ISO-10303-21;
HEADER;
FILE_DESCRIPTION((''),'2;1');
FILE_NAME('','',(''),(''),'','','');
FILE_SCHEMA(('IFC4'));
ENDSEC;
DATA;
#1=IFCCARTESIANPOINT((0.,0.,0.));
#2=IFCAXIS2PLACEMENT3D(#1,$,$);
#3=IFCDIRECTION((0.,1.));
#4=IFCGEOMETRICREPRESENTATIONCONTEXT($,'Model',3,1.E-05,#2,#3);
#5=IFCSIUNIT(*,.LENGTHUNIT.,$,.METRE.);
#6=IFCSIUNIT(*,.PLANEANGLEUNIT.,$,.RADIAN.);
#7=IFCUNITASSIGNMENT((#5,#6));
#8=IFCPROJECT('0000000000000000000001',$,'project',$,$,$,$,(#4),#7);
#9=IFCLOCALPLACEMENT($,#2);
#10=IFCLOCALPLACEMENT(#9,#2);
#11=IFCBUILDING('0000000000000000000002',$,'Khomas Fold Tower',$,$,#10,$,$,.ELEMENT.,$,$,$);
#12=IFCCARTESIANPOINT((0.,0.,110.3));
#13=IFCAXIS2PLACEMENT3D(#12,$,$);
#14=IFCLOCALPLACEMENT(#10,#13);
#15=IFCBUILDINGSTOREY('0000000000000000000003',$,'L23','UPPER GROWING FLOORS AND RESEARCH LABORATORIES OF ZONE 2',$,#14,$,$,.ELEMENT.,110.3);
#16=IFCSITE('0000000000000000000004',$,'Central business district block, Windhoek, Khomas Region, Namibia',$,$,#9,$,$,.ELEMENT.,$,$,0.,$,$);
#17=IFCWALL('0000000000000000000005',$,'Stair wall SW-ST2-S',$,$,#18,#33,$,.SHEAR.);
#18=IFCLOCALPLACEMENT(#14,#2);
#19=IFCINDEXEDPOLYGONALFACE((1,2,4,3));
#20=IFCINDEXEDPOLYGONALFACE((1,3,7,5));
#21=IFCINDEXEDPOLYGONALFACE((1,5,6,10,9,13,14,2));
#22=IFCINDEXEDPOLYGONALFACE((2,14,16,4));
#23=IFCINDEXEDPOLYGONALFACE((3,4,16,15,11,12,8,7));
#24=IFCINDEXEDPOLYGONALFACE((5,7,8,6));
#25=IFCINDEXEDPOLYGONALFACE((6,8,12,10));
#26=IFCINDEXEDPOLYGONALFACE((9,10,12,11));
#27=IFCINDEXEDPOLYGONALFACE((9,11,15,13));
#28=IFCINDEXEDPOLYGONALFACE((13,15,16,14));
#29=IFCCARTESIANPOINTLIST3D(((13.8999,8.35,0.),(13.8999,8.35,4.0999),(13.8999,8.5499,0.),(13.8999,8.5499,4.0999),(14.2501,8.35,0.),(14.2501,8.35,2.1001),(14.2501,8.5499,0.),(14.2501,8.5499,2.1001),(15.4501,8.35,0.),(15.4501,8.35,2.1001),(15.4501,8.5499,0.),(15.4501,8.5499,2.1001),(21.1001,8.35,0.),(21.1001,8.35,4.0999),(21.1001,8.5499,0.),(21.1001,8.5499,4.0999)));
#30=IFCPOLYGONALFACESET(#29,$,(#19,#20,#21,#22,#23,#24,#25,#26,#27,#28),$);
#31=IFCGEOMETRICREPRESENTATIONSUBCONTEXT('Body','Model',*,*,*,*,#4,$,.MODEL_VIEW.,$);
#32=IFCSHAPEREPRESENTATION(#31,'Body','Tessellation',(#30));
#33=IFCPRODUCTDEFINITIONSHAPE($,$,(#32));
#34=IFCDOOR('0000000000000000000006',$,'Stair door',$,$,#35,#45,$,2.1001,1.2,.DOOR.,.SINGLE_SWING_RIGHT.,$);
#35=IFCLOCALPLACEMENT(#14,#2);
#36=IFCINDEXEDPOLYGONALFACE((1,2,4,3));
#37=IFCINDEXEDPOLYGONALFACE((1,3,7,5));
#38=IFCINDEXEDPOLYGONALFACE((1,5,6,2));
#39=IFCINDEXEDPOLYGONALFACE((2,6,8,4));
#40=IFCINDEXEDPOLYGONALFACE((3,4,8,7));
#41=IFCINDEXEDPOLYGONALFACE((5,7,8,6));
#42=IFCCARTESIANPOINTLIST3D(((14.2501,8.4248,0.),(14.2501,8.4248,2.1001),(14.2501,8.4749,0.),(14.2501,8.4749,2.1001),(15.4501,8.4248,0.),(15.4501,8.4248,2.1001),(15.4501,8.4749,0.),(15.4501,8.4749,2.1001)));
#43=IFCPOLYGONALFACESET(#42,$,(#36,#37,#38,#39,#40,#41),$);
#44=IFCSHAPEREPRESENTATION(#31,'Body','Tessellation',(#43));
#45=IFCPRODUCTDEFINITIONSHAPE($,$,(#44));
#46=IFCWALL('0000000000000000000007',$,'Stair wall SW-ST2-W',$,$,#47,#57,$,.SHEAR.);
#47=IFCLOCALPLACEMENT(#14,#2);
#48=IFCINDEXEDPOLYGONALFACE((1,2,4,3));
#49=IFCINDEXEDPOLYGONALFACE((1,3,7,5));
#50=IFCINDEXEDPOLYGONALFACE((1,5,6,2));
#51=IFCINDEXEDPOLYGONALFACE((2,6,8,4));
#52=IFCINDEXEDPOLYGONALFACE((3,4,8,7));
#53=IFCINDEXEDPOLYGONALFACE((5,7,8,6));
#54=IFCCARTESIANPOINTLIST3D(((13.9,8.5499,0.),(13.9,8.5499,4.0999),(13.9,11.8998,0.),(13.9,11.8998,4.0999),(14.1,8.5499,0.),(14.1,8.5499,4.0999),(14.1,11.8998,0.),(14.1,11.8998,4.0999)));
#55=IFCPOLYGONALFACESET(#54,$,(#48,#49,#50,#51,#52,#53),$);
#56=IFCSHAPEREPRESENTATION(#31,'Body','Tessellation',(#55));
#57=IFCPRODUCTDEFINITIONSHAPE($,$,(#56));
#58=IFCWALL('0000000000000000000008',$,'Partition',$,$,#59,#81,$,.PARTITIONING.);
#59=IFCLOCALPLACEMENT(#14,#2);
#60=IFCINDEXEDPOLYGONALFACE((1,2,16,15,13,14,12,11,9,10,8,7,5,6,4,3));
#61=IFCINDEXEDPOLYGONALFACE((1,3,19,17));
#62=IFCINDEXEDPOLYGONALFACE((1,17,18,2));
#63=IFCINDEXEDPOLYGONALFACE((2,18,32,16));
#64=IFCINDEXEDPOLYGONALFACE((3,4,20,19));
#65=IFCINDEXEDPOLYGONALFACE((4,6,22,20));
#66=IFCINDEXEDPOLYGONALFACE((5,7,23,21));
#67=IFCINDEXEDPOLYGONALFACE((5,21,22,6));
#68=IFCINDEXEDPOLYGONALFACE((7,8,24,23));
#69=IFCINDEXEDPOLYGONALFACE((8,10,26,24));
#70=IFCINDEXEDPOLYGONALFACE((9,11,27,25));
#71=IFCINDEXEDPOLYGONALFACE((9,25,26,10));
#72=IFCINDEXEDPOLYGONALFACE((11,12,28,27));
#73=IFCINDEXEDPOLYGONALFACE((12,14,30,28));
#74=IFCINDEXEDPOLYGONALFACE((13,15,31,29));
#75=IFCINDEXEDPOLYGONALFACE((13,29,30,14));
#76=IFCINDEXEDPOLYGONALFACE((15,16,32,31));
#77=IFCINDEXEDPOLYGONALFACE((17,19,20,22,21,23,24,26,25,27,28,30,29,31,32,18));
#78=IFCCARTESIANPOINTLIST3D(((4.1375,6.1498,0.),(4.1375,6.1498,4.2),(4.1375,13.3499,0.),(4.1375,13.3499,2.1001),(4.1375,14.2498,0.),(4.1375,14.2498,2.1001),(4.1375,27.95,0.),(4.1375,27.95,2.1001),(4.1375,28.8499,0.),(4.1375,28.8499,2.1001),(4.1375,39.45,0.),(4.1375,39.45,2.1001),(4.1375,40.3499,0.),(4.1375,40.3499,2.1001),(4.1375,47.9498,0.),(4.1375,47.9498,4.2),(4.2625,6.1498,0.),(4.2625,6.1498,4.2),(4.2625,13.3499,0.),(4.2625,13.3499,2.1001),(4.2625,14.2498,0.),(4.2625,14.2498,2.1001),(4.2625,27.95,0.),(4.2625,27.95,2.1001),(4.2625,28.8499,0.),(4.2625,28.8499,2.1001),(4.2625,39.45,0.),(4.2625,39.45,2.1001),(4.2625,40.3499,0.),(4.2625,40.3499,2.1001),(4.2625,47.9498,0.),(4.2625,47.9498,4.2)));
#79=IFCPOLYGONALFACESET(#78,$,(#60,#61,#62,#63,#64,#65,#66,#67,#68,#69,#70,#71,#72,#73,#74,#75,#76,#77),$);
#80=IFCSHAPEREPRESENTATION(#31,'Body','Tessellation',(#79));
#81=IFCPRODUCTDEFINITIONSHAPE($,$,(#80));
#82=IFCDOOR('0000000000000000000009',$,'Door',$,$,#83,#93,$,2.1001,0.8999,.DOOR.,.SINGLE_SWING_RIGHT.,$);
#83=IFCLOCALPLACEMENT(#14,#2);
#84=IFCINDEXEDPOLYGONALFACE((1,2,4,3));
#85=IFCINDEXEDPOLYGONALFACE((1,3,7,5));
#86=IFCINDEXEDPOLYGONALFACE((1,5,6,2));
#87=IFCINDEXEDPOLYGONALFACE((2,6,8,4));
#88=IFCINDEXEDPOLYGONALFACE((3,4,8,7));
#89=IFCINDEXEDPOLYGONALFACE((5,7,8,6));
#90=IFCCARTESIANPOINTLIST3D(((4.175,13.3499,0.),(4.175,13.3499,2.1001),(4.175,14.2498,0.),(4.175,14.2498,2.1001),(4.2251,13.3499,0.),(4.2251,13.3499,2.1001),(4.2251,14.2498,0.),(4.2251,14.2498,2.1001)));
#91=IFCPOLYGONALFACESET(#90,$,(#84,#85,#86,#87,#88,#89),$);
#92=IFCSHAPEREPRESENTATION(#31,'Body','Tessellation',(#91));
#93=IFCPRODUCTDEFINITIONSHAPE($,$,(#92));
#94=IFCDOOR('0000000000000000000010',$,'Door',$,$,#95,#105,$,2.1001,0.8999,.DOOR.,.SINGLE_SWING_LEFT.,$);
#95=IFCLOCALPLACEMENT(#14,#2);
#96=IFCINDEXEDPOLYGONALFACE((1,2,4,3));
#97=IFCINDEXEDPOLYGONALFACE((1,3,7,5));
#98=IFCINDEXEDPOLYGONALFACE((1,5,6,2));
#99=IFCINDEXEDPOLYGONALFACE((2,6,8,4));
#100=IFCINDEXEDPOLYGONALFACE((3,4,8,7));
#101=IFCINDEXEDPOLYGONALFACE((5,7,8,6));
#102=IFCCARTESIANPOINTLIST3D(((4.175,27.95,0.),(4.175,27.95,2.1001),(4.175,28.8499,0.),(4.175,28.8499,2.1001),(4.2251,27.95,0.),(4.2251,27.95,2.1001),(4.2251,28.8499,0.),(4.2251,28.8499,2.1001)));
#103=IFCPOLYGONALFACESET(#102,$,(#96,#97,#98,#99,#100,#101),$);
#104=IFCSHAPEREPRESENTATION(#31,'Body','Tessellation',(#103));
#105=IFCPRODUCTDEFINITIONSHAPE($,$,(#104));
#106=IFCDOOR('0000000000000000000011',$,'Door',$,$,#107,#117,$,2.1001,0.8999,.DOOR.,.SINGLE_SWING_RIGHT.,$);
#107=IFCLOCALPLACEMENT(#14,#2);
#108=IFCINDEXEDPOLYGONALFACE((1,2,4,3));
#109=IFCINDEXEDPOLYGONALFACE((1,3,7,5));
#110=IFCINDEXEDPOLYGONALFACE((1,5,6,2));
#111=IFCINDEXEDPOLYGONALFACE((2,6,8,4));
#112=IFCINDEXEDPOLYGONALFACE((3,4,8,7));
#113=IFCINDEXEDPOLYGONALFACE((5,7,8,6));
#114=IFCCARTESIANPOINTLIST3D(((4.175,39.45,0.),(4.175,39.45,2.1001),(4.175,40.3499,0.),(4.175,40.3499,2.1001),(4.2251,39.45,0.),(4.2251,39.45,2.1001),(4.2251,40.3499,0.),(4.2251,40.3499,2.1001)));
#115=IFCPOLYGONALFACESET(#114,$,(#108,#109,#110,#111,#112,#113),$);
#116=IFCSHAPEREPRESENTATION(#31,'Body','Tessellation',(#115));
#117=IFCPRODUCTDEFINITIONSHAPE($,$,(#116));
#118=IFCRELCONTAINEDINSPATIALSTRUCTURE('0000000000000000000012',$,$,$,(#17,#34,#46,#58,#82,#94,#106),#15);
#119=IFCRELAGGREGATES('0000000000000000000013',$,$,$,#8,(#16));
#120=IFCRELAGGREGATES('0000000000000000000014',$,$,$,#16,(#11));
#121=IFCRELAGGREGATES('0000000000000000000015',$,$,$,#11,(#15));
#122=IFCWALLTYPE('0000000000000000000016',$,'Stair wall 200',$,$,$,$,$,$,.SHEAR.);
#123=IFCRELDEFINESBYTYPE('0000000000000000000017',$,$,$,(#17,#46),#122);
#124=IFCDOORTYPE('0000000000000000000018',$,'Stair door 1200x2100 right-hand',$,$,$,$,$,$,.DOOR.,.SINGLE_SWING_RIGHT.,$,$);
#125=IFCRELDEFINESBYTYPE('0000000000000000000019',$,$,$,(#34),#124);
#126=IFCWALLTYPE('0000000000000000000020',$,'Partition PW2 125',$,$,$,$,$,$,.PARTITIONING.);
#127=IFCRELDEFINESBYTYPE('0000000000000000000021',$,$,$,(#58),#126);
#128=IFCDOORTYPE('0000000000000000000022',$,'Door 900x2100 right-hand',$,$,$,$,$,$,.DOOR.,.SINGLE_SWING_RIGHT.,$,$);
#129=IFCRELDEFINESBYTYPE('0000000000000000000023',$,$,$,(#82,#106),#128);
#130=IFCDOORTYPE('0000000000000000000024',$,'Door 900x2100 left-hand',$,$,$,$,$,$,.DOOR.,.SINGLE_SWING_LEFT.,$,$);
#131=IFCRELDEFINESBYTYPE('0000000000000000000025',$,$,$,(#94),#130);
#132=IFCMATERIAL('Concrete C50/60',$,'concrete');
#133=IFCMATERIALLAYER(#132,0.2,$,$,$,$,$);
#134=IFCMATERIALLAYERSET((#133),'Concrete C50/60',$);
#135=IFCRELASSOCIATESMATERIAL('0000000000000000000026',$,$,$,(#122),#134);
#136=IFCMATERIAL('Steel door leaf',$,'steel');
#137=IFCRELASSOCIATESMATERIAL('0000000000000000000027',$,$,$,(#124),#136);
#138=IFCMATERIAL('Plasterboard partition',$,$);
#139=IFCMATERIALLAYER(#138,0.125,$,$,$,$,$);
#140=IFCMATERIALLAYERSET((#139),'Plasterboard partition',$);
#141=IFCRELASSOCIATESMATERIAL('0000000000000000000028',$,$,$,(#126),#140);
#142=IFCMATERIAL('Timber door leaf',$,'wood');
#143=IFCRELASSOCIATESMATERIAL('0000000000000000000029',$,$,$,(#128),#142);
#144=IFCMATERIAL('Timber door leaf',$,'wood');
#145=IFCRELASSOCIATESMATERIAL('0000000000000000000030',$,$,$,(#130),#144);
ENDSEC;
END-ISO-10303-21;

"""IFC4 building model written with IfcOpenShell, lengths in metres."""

from ifc_helpers import new_model, si_unit, direction, frame, frame_2d, origin, place, context, subcontext, project, spatial, rectangle, extrude, source, transform, mapped, material, layer, layer_set, type_object, element, fill, save


model = new_model("IFC4")

# Units and contexts
model_context = context("Model", 3, precision=1e-05, world=origin(), true_north=direction((0.0, 1.0)))
body_context = subcontext(model_context, "Body", "Model", "MODEL_VIEW")
ifc_project = project(units=[si_unit("LENGTHUNIT", "METRE"), si_unit("PLANEANGLEUNIT", "RADIAN")], contexts=[model_context])

# Site, building, storey
site_placement = place(None, origin())
site = spatial("IfcSite", under=ifc_project, at=site_placement, Name="Central business district block, Windhoek, Khomas Region, Namibia", CompositionType="ELEMENT", RefElevation=0.0)
building_placement = place(site_placement, origin())
building = spatial("IfcBuilding", under=site, at=building_placement, Name="Khomas Fold Tower", CompositionType="ELEMENT")
storey_placement = place(building_placement, frame((0.0, 0.0, 110.3)))
storey = spatial("IfcBuildingStorey", under=building, at=storey_placement, Name="L23", Description="UPPER GROWING FLOORS AND RESEARCH LABORATORIES OF ZONE 2", CompositionType="ELEMENT", Elevation=110.3)

# Shared definitions
ifc_material_1 = material(Name="Concrete C50/60", Category="concrete")
ifc_layer_1 = layer(ifc_material_1, 0.2)
ifc_layer_set_1 = layer_set([ifc_layer_1], Name="Concrete C50/60")
wall_type_1 = type_object("IfcWallType", Name="Stair wall 200", PredefinedType="SHEAR", material=ifc_layer_set_1)

# Wall, opening, door
shared_shape_1 = source(origin(), body_context, "Body", "SweptSolid", [
    extrude(rectangle(XDim=7.2002, YDim=0.2, at=frame_2d((3.6001, 0.0))), origin(), (0.0, 0.0, 1.0), 4.0999),
])
wall_1_placement = place(storey_placement, frame((13.8999, 8.45, 0.0), z_axis=(0.0, 0.0, 1.0), x_axis=(1.0, 0.0, 0.0)))
wall_1 = element("IfcWall", 1, at=wall_1_placement, inside=storey, type_object=wall_type_1, Name="Stair wall SW-ST2-S", PredefinedType="SHEAR", context=body_context, shape_type="MappedRepresentation", body=[
    mapped(shared_shape_1, transform((0.0, 0.0, 0.0))),
])
shared_shape_2 = source(origin(), body_context, "Body", "SweptSolid", [
    extrude(rectangle(XDim=1.2, YDim=2.1001, at=frame_2d((0.6001, 1.05))), frame((0.0, 0.1099, 0.0), z_axis=(0.0, -1.0, 0.0), x_axis=(1.0, 0.0, 0.0)), (0.0, 0.0, 1.0), 0.22),
])
opening_1_placement = place(wall_1_placement, frame((0.3501, 0.0, 0.0)))
opening_1 = element("IfcOpeningElement", 2, at=opening_1_placement, cuts=wall_1, PredefinedType="OPENING", context=body_context, shape_type="MappedRepresentation", body=[
    mapped(shared_shape_2, transform((0.0, 0.0, 0.0))),
])
ifc_material_2 = material(Name="Steel door leaf", Category="steel")
door_type_1 = type_object("IfcDoorType", Name="Stair door 1200x2100 right-hand", OperationType="SINGLE_SWING_RIGHT", PredefinedType="DOOR", material=ifc_material_2)
shared_shape_3 = source(origin(), body_context, "Body", "SweptSolid", [
    extrude(rectangle(XDim=1.2, YDim=2.1001, at=frame_2d((0.6001, 1.05))), frame((0.0, 0.0249, 0.0), z_axis=(0.0, -1.0, 0.0), x_axis=(1.0, 0.0, 0.0)), (0.0, 0.0, 1.0), 0.05),
])
door_1_placement = place(opening_1_placement, origin())
door_1 = element("IfcDoor", 3, at=door_1_placement, inside=storey, type_object=door_type_1, Name="Stair door", OperationType="SINGLE_SWING_RIGHT", OverallHeight=2.1001, OverallWidth=1.2, PredefinedType="DOOR", context=body_context, shape_type="MappedRepresentation", body=[
    mapped(shared_shape_3, transform((0.0, 0.0, 0.0))),
])
fill(opening_1, door_1)

# Wall
shared_shape_4 = source(origin(), body_context, "Body", "SweptSolid", [
    extrude(rectangle(XDim=3.3499, YDim=0.2, at=frame_2d((1.6748, 0.0))), origin(), (0.0, 0.0, 1.0), 4.0999),
])
wall_2_placement = place(storey_placement, frame((14.0, 8.55, 0.0), z_axis=(0.0, 0.0, 1.0), x_axis=(0.0, 1.0, 0.0)))
element("IfcWall", 4, at=wall_2_placement, inside=storey, type_object=wall_type_1, Name="Stair wall SW-ST2-W", PredefinedType="SHEAR", context=body_context, shape_type="MappedRepresentation", body=[
    mapped(shared_shape_4, transform((0.0, 0.0, 0.0))),
])

# Wall, openings, doors
ifc_material_3 = material(Name="Plasterboard partition")
ifc_layer_2 = layer(ifc_material_3, 0.125)
ifc_layer_set_2 = layer_set([ifc_layer_2], Name="Plasterboard partition")
wall_type_2 = type_object("IfcWallType", Name="Partition PW2 125", PredefinedType="PARTITIONING", material=ifc_layer_set_2)
shared_shape_5 = source(origin(), body_context, "Body", "SweptSolid", [
    extrude(rectangle(XDim=41.8, YDim=0.125, at=frame_2d((20.8999, 0.0))), origin(), (0.0, 0.0, 1.0), 4.2),
])
wall_3_placement = place(storey_placement, frame((4.2, 6.1499, 0.0), z_axis=(0.0, 0.0, 1.0), x_axis=(0.0, 1.0, 0.0)))
wall_3 = element("IfcWall", 5, at=wall_3_placement, inside=storey, type_object=wall_type_2, Name="Partition", PredefinedType="PARTITIONING", context=body_context, shape_type="MappedRepresentation", body=[
    mapped(shared_shape_5, transform((0.0, 0.0, 0.0))),
])
shared_shape_6 = source(origin(), body_context, "Body", "SweptSolid", [
    extrude(rectangle(XDim=0.8999, YDim=2.1001, at=frame_2d((0.45, 1.05))), frame((0.0, 0.0725, 0.0), z_axis=(0.0, -1.0, 0.0), x_axis=(1.0, 0.0, 0.0)), (0.0, 0.0, 1.0), 0.145),
])
opening_2_placement = place(wall_3_placement, frame((7.2, 0.0, 0.0)))
opening_2 = element("IfcOpeningElement", 6, at=opening_2_placement, cuts=wall_3, PredefinedType="OPENING", context=body_context, shape_type="MappedRepresentation", body=[
    mapped(shared_shape_6, transform((0.0, 0.0, 0.0))),
])
opening_3_placement = place(wall_3_placement, frame((21.8, 0.0, 0.0)))
opening_3 = element("IfcOpeningElement", 7, at=opening_3_placement, cuts=wall_3, PredefinedType="OPENING", context=body_context, shape_type="MappedRepresentation", body=[
    mapped(shared_shape_6, transform((0.0, 0.0, 0.0))),
])
opening_4_placement = place(wall_3_placement, frame((33.3, 0.0, 0.0)))
opening_4 = element("IfcOpeningElement", 8, at=opening_4_placement, cuts=wall_3, PredefinedType="OPENING", context=body_context, shape_type="MappedRepresentation", body=[
    mapped(shared_shape_6, transform((0.0, 0.0, 0.0))),
])
ifc_material_4 = material(Name="Timber door leaf", Category="wood")
door_type_2 = type_object("IfcDoorType", Name="Door 900x2100 right-hand", OperationType="SINGLE_SWING_RIGHT", PredefinedType="DOOR", material=ifc_material_4)
shared_shape_7 = source(origin(), body_context, "Body", "SweptSolid", [
    extrude(rectangle(XDim=0.8999, YDim=2.1001, at=frame_2d((0.45, 1.05))), frame((0.0, 0.0249, 0.0), z_axis=(0.0, -1.0, 0.0), x_axis=(1.0, 0.0, 0.0)), (0.0, 0.0, 1.0), 0.05),
])
door_2_placement = place(opening_2_placement, origin())
door_2 = element("IfcDoor", 9, at=door_2_placement, inside=storey, type_object=door_type_2, Name="Door", OperationType="SINGLE_SWING_RIGHT", OverallHeight=2.1001, OverallWidth=0.8999, PredefinedType="DOOR", context=body_context, shape_type="MappedRepresentation", body=[
    mapped(shared_shape_7, transform((0.0, 0.0, 0.0))),
])
fill(opening_2, door_2)
ifc_material_5 = material(Name="Timber door leaf", Category="wood")
door_type_3 = type_object("IfcDoorType", Name="Door 900x2100 left-hand", OperationType="SINGLE_SWING_LEFT", PredefinedType="DOOR", material=ifc_material_5)
door_3_placement = place(opening_3_placement, origin())
door_3 = element("IfcDoor", 10, at=door_3_placement, inside=storey, type_object=door_type_3, Name="Door", OperationType="SINGLE_SWING_LEFT", OverallHeight=2.1001, OverallWidth=0.8999, PredefinedType="DOOR", context=body_context, shape_type="MappedRepresentation", body=[
    mapped(shared_shape_7, transform((0.0, 0.0, 0.0))),
])
fill(opening_3, door_3)
door_4_placement = place(opening_4_placement, origin())
door_4 = element("IfcDoor", 11, at=door_4_placement, inside=storey, type_object=door_type_2, Name="Door", OperationType="SINGLE_SWING_RIGHT", OverallHeight=2.1001, OverallWidth=0.8999, PredefinedType="DOOR", context=body_context, shape_type="MappedRepresentation", body=[
    mapped(shared_shape_7, transform((0.0, 0.0, 0.0))),
])
fill(opening_4, door_4)

save(model, "model.ifc")
